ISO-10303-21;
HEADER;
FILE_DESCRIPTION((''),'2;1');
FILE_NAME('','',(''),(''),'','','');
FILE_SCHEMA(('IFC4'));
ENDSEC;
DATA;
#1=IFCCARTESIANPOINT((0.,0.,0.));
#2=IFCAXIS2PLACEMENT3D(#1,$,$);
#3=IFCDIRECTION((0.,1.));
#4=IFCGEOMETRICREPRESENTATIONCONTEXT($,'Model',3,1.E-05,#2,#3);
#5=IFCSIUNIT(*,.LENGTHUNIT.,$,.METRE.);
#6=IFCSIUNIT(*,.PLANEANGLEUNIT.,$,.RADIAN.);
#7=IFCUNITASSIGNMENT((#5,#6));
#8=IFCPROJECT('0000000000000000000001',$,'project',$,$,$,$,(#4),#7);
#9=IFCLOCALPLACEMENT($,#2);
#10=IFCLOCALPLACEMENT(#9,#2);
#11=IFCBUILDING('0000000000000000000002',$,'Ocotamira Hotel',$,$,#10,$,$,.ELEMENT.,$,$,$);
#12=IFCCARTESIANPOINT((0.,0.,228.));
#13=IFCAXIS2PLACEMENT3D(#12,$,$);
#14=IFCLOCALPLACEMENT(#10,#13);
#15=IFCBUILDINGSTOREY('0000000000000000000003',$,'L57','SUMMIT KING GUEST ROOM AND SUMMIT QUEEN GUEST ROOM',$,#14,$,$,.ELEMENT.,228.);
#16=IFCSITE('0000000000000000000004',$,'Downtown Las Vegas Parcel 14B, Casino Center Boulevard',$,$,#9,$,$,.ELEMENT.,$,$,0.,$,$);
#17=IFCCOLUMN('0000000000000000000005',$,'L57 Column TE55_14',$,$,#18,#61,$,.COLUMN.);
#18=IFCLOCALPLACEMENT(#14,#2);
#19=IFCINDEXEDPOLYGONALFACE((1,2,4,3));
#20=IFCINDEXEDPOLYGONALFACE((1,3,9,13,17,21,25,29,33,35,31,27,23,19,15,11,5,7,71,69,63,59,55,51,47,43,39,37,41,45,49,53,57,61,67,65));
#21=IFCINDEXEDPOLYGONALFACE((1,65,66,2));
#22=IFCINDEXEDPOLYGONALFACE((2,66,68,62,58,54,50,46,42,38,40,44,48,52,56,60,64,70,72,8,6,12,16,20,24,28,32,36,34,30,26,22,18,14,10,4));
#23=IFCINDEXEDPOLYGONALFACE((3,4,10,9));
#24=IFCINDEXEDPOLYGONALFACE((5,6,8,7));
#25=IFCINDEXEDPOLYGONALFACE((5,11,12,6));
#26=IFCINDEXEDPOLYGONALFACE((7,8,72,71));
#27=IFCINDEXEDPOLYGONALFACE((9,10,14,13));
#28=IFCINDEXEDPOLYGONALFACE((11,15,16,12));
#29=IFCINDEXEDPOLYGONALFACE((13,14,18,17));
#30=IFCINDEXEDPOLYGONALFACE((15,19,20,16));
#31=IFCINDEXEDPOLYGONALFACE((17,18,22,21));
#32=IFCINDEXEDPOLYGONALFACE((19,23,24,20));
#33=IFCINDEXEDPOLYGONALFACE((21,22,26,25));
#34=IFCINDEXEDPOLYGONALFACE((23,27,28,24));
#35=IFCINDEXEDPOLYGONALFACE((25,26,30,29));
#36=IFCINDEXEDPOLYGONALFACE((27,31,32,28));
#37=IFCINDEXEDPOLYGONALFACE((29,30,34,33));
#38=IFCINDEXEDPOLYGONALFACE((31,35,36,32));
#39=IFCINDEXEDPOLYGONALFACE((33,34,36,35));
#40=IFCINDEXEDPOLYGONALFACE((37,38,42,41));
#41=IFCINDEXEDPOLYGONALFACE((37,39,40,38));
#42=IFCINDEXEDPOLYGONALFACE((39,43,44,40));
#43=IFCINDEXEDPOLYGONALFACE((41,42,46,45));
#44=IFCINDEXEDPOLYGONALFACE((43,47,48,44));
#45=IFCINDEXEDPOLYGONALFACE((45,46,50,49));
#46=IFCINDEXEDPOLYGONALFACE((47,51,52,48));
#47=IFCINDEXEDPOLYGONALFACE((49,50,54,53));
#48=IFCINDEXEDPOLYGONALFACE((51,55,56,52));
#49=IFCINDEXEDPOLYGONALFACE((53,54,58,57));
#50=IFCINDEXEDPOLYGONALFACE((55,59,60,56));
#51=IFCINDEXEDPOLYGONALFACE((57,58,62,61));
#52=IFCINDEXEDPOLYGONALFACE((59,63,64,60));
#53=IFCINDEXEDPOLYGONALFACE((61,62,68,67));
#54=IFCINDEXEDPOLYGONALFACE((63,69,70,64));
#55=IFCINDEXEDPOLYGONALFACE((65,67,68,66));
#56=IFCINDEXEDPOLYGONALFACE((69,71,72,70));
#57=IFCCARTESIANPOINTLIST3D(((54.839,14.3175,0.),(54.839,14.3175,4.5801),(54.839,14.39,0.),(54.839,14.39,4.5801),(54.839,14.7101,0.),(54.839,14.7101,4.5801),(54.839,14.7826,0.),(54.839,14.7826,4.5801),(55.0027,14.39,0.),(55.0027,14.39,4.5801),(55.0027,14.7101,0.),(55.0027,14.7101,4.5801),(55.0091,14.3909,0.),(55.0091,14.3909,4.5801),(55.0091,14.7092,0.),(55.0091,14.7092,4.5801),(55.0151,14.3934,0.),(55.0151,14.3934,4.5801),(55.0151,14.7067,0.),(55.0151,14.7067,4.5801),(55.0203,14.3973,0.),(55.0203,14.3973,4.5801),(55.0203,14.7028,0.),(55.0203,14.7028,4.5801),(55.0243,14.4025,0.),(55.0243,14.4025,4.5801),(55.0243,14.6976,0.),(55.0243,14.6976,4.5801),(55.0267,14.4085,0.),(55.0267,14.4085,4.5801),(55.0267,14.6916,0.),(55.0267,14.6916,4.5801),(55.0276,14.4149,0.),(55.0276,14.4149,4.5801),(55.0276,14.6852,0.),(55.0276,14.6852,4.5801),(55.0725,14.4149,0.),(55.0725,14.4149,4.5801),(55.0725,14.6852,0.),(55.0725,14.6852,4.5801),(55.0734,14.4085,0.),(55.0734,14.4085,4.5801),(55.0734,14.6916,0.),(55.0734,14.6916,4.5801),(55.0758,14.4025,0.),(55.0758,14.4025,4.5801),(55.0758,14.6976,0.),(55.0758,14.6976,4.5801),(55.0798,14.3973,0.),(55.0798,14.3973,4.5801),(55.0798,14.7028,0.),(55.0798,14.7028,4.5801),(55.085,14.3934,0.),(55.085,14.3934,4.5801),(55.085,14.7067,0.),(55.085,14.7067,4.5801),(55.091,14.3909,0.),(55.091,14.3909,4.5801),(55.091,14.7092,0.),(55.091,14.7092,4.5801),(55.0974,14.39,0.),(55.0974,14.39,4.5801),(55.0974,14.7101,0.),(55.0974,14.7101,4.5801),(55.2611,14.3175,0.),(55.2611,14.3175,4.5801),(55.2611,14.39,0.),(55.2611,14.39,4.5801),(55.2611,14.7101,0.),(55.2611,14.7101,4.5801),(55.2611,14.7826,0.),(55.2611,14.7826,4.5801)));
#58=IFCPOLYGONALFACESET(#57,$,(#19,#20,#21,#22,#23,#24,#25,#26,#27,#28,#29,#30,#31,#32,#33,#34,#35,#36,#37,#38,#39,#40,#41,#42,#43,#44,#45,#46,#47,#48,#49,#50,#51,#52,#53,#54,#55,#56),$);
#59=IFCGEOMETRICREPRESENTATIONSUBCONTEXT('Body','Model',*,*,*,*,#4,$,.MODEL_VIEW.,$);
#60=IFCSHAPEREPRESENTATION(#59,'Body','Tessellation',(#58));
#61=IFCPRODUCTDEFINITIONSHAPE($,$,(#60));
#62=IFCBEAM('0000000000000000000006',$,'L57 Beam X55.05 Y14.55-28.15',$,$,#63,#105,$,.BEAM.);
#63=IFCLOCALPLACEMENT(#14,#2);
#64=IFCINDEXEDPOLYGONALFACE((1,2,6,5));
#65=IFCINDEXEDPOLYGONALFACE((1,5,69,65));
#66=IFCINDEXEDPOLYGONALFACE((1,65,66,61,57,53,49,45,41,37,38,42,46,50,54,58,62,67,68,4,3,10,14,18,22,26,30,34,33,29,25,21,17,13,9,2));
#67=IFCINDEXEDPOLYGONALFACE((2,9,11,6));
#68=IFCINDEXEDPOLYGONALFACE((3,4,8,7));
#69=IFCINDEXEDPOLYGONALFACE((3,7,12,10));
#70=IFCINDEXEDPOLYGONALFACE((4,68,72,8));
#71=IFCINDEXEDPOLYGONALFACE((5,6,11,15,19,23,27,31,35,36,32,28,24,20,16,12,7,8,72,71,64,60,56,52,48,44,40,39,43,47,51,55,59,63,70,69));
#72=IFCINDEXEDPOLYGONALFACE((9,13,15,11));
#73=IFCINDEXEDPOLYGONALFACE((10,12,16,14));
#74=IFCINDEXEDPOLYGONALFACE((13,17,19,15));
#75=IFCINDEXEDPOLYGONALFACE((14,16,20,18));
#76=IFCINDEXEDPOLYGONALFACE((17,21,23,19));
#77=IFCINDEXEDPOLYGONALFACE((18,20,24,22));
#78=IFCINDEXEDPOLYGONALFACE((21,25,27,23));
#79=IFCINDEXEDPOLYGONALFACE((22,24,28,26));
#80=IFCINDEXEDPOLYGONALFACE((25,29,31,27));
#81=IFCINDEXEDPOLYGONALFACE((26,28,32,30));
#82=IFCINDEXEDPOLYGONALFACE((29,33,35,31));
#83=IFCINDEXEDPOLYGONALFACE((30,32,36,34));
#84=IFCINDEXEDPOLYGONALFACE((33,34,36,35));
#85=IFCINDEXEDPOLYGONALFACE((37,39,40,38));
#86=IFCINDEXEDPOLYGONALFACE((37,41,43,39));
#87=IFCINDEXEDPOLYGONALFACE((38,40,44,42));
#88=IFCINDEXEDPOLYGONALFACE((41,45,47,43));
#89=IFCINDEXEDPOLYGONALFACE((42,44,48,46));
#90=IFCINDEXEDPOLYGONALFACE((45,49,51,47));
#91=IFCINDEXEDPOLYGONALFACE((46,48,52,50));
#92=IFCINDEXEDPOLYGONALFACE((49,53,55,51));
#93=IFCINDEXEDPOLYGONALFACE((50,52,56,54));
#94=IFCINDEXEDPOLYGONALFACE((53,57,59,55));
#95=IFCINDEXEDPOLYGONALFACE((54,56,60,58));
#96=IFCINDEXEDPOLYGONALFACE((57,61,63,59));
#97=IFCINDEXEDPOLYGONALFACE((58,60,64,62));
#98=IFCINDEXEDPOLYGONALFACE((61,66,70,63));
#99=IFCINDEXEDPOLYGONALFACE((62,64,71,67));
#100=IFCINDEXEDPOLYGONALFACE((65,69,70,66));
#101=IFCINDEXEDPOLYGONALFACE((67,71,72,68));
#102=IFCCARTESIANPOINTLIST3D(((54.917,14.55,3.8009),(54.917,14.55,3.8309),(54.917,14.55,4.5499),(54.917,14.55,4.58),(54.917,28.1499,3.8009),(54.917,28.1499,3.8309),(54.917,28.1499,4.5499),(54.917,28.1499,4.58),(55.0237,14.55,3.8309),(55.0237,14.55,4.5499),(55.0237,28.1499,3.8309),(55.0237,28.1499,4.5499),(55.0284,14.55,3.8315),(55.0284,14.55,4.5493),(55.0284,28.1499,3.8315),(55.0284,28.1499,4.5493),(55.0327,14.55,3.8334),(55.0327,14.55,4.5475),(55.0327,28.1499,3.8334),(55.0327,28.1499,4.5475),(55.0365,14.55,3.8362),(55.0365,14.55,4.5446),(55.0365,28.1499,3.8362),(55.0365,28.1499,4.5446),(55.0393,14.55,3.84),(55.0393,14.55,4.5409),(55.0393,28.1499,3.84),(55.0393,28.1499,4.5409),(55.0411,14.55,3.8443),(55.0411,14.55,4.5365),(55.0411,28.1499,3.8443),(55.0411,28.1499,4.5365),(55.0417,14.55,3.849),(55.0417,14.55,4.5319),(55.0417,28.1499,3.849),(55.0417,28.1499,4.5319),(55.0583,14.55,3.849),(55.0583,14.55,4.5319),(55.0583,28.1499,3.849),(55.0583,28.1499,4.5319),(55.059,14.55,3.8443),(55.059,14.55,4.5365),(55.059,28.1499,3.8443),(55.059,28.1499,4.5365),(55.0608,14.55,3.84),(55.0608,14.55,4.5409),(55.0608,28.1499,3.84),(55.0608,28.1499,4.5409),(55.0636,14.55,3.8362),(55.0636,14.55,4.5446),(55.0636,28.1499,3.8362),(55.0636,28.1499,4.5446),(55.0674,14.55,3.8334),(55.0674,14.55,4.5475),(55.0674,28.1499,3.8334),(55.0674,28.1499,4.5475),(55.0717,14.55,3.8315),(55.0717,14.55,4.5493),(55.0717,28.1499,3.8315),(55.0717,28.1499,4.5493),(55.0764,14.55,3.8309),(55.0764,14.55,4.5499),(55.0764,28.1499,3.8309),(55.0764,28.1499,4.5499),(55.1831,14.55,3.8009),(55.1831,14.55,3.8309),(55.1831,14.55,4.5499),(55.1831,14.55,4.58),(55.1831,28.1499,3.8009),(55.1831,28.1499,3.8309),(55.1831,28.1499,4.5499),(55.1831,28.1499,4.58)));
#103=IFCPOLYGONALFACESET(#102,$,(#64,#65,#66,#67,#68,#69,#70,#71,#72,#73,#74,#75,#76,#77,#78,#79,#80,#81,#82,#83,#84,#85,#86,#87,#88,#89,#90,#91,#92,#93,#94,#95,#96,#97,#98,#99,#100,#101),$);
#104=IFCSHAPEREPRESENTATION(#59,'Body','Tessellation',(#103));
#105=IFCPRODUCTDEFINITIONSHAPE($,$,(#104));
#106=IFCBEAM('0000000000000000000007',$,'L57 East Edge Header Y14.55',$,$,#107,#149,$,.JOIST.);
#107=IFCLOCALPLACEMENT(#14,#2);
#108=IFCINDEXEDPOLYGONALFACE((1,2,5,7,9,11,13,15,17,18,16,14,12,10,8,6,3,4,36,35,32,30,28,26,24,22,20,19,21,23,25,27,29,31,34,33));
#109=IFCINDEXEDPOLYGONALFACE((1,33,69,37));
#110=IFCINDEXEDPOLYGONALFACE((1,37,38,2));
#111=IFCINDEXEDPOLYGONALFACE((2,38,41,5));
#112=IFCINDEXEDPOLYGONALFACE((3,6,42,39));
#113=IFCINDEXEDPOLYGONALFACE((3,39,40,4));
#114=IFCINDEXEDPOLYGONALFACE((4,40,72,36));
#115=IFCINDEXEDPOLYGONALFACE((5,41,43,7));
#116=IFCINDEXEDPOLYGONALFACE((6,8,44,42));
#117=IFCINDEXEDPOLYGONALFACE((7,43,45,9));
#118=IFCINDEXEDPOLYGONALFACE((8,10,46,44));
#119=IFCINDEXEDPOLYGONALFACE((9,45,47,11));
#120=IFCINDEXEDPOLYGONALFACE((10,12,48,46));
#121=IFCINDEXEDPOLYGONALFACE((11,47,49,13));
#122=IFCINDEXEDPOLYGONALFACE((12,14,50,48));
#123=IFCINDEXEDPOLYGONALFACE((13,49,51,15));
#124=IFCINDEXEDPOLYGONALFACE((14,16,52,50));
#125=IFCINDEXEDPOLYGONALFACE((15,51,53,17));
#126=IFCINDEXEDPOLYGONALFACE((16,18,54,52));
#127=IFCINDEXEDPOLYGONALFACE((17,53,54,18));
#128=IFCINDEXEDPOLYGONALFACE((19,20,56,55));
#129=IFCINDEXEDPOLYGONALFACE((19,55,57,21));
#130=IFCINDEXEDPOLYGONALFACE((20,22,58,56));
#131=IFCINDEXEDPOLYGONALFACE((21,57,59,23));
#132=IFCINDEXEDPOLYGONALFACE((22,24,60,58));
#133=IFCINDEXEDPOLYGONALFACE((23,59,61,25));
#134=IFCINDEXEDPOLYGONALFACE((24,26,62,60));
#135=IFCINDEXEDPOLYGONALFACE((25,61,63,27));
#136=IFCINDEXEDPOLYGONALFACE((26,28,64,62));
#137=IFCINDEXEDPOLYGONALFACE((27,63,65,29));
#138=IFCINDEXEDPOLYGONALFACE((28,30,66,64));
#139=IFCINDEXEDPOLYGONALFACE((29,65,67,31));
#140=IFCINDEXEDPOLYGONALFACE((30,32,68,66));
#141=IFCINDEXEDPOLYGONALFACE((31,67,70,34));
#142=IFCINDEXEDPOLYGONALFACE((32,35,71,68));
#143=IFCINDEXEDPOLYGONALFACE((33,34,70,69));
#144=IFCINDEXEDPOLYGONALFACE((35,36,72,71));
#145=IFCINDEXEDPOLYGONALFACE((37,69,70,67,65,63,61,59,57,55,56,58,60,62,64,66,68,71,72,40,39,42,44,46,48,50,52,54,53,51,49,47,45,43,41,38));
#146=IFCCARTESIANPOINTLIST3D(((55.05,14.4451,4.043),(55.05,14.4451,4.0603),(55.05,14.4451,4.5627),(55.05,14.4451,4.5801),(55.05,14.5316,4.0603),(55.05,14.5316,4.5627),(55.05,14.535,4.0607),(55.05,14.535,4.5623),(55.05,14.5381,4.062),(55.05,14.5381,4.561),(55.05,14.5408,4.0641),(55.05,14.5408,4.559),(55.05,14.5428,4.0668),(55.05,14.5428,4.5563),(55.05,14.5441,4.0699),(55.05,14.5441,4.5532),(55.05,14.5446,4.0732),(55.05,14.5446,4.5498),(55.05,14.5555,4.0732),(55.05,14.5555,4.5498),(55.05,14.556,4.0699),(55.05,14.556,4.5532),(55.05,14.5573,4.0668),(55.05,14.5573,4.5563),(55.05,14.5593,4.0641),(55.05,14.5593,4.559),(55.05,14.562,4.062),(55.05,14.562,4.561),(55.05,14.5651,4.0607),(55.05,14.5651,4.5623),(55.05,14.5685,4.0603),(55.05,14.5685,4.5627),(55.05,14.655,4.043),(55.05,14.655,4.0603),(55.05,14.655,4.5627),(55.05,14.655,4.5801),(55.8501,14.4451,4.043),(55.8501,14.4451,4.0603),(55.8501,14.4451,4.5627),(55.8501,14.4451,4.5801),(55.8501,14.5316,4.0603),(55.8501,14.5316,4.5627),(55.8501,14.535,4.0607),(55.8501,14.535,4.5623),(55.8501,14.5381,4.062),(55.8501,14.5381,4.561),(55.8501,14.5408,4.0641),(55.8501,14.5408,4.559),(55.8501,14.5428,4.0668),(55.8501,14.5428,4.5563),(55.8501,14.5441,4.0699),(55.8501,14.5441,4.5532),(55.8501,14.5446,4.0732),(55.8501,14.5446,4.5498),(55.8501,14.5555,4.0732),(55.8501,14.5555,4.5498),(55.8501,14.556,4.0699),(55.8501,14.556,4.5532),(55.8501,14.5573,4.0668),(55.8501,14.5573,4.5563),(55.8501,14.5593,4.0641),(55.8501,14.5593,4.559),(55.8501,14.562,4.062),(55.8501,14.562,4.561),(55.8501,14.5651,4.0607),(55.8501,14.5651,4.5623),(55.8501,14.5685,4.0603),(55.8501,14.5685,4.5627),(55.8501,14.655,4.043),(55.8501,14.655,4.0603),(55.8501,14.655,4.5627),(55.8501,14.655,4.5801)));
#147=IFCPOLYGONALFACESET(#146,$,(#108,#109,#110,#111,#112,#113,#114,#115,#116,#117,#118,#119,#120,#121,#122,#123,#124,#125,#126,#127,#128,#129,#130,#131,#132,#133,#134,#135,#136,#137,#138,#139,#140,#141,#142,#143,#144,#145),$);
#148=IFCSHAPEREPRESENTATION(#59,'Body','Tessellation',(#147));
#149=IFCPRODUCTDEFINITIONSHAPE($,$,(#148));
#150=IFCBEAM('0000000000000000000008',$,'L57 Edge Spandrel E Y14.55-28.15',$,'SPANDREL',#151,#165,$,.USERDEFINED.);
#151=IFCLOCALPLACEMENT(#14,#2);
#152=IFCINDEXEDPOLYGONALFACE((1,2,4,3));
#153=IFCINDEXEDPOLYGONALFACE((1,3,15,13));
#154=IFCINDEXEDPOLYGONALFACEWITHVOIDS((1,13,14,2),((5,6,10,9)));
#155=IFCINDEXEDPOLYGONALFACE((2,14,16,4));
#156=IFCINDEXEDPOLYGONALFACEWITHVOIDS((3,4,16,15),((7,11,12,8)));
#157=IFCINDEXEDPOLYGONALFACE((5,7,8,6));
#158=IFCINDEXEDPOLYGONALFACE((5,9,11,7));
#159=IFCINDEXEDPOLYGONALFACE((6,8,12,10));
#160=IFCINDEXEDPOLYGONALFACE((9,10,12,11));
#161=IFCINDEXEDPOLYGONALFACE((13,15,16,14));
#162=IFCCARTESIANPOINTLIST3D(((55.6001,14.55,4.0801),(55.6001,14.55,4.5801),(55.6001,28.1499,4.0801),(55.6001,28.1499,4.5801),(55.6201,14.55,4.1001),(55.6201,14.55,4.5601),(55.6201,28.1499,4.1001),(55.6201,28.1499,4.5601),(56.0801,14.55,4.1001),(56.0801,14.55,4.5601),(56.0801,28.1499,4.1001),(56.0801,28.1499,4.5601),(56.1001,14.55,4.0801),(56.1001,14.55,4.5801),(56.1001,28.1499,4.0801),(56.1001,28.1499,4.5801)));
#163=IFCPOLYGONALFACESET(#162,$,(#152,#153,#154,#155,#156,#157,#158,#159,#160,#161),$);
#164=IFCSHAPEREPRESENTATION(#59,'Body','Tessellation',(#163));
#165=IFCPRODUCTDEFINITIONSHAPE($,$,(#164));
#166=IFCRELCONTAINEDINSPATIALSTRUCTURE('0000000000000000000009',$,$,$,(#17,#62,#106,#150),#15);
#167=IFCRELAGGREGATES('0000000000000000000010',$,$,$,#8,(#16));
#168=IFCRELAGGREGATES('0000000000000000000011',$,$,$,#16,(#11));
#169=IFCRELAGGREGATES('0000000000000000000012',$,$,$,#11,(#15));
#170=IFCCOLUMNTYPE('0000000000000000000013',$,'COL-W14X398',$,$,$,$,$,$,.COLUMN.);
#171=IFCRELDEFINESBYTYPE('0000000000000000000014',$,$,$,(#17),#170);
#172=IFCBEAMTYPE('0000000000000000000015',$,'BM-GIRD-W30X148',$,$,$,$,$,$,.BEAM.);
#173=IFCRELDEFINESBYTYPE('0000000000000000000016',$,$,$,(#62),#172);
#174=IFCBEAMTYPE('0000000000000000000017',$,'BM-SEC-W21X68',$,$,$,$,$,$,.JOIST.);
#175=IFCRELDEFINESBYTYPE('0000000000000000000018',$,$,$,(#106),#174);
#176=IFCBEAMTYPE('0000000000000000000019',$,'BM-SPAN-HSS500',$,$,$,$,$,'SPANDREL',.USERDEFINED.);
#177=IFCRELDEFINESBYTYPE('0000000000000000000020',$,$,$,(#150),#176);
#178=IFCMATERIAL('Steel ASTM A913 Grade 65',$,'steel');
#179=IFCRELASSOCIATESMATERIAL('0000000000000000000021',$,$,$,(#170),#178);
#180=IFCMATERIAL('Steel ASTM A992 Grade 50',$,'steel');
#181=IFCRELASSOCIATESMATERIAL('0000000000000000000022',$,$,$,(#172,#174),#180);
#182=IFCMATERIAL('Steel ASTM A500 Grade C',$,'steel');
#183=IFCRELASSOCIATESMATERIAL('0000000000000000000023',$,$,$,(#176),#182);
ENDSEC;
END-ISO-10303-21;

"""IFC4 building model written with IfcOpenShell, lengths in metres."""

from ifc_helpers import new_model, si_unit, direction, frame, origin, origin_2d, place, context, subcontext, project, spatial, hollow_rectangle, i_section, extrude, source, transform, mapped, material, material_profile, profile_set, type_object, element, save


model = new_model("IFC4")

# Units and contexts
model_context = context("Model", 3, precision=1e-05, world=origin(), true_north=direction((0.0, 1.0)))
body_context = subcontext(model_context, "Body", "Model", "MODEL_VIEW")
ifc_project = project(units=[si_unit("LENGTHUNIT", "METRE"), si_unit("PLANEANGLEUNIT", "RADIAN")], contexts=[model_context])

# Site, building, storey
site_placement = place(None, origin())
site = spatial("IfcSite", under=ifc_project, at=site_placement, Name="Downtown Las Vegas Parcel 14B, Casino Center Boulevard", CompositionType="ELEMENT", RefElevation=0.0)
building_placement = place(site_placement, origin())
building = spatial("IfcBuilding", under=site, at=building_placement, Name="Ocotamira Hotel", CompositionType="ELEMENT")
storey_placement = place(building_placement, frame((0.0, 0.0, 228.0)))
storey = spatial("IfcBuildingStorey", under=building, at=storey_placement, Name="L57", Description="SUMMIT KING GUEST ROOM AND SUMMIT QUEEN GUEST ROOM", CompositionType="ELEMENT", Elevation=228.0)

# Column
ifc_material_1 = material(Name="Steel ASTM A913 Grade 65", Category="steel")
ifc_material_profile_1 = material_profile(ifc_material_1, i_section(OverallWidth=0.4221, OverallDepth=0.4651, WebThickness=0.0449, FlangeThickness=0.0725, FilletRadius=0.0249, at=origin_2d()), Name="W14X398")
ifc_profile_set_1 = profile_set([ifc_material_profile_1], Name="Steel ASTM A913 Grade 65")
column_type = type_object("IfcColumnType", Name="COL-W14X398", PredefinedType="COLUMN", material=ifc_profile_set_1)
shared_shape_1 = source(origin(), body_context, "Body", "SweptSolid", [
    extrude(i_section(OverallWidth=0.4221, OverallDepth=0.4651, WebThickness=0.0449, FlangeThickness=0.0725, FilletRadius=0.0249, at=origin_2d()), origin(), (0.0, 0.0, 1.0), 4.5801),
])
column_placement = place(storey_placement, frame((55.05, 14.55, 0.0), z_axis=(0.0, 0.0, 1.0), x_axis=(1.0, 0.0, 0.0)))
element("IfcColumn", 1, at=column_placement, inside=storey, type_object=column_type, Name="L57 Column TE55_14", PredefinedType="COLUMN", context=body_context, shape_type="MappedRepresentation", body=[
    mapped(shared_shape_1, transform((0.0, 0.0, 0.0), scale=1.0)),
])

# Beams
ifc_material_2 = material(Name="Steel ASTM A992 Grade 50", Category="steel")
ifc_material_profile_2 = material_profile(ifc_material_2, i_section(OverallWidth=0.2661, OverallDepth=0.7791, WebThickness=0.0166, FlangeThickness=0.03, FilletRadius=0.0181, at=origin_2d()), Name="W30X148")
ifc_profile_set_2 = profile_set([ifc_material_profile_2], Name="Steel ASTM A992 Grade 50")
beam_type_1 = type_object("IfcBeamType", Name="BM-GIRD-W30X148", PredefinedType="BEAM", material=ifc_profile_set_2)
shared_shape_2 = source(origin(), body_context, "Body", "SweptSolid", [
    extrude(i_section(OverallWidth=0.2661, OverallDepth=0.7791, WebThickness=0.0166, FlangeThickness=0.03, FilletRadius=0.0181, at=origin_2d()), origin(), (0.0, 0.0, 1.0), 13.5999),
])
beam_1_placement = place(storey_placement, frame((55.05, 14.55, 4.1904), z_axis=(0.0, 1.0, 0.0), x_axis=(-1.0, 0.0, 0.0)))
element("IfcBeam", 2, at=beam_1_placement, inside=storey, type_object=beam_type_1, Name="L57 Beam X55.05 Y14.55-28.15", PredefinedType="BEAM", context=body_context, shape_type="MappedRepresentation", body=[
    mapped(shared_shape_2, transform((0.0, 0.0, 0.0), scale=1.0)),
])
ifc_material_profile_3 = material_profile(ifc_material_2, i_section(OverallWidth=0.21, OverallDepth=0.5371, WebThickness=0.011, FlangeThickness=0.0173, FilletRadius=0.0129, at=origin_2d()), Name="W21X68")
ifc_profile_set_3 = profile_set([ifc_material_profile_3], Name="Steel ASTM A992 Grade 50")
beam_type_2 = type_object("IfcBeamType", Name="BM-SEC-W21X68", PredefinedType="JOIST", material=ifc_profile_set_3)
shared_shape_3 = source(origin(), body_context, "Body", "SweptSolid", [
    extrude(i_section(OverallWidth=0.21, OverallDepth=0.5371, WebThickness=0.011, FlangeThickness=0.0173, FilletRadius=0.0129, at=origin_2d()), origin(), (0.0, 0.0, 1.0), 0.8),
])
beam_2_placement = place(storey_placement, frame((55.05, 14.55, 4.3115), z_axis=(1.0, 0.0, 0.0), x_axis=(0.0, 1.0, 0.0)))
element("IfcBeam", 3, at=beam_2_placement, inside=storey, type_object=beam_type_2, Name="L57 East Edge Header Y14.55", PredefinedType="JOIST", context=body_context, shape_type="MappedRepresentation", body=[
    mapped(shared_shape_3, transform((0.0, 0.0, 0.0), scale=1.0)),
])
ifc_material_3 = material(Name="Steel ASTM A500 Grade C", Category="steel")
ifc_material_profile_4 = material_profile(ifc_material_3, hollow_rectangle(XDim=0.5, YDim=0.5, WallThickness=0.02, at=origin_2d()), Name="HSS500X500X20")
ifc_profile_set_4 = profile_set([ifc_material_profile_4], Name="Steel ASTM A500 Grade C")
beam_type_3 = type_object("IfcBeamType", Name="BM-SPAN-HSS500", ElementType="SPANDREL", PredefinedType="USERDEFINED", material=ifc_profile_set_4)
shared_shape_4 = source(origin(), body_context, "Body", "SweptSolid", [
    extrude(hollow_rectangle(XDim=0.5, YDim=0.5, WallThickness=0.02, at=origin_2d()), origin(), (0.0, 0.0, 1.0), 13.5999),
])
beam_3_placement = place(storey_placement, frame((55.8501, 14.55, 4.3301), z_axis=(0.0, 1.0, 0.0), x_axis=(-1.0, 0.0, 0.0)))
element("IfcBeam", 4, at=beam_3_placement, inside=storey, type_object=beam_type_3, Name="L57 Edge Spandrel E Y14.55-28.15", ObjectType="SPANDREL", PredefinedType="USERDEFINED", context=body_context, shape_type="MappedRepresentation", body=[
    mapped(shared_shape_4, transform((0.0, 0.0, 0.0), scale=1.0)),
])

save(model, "model.ifc")
